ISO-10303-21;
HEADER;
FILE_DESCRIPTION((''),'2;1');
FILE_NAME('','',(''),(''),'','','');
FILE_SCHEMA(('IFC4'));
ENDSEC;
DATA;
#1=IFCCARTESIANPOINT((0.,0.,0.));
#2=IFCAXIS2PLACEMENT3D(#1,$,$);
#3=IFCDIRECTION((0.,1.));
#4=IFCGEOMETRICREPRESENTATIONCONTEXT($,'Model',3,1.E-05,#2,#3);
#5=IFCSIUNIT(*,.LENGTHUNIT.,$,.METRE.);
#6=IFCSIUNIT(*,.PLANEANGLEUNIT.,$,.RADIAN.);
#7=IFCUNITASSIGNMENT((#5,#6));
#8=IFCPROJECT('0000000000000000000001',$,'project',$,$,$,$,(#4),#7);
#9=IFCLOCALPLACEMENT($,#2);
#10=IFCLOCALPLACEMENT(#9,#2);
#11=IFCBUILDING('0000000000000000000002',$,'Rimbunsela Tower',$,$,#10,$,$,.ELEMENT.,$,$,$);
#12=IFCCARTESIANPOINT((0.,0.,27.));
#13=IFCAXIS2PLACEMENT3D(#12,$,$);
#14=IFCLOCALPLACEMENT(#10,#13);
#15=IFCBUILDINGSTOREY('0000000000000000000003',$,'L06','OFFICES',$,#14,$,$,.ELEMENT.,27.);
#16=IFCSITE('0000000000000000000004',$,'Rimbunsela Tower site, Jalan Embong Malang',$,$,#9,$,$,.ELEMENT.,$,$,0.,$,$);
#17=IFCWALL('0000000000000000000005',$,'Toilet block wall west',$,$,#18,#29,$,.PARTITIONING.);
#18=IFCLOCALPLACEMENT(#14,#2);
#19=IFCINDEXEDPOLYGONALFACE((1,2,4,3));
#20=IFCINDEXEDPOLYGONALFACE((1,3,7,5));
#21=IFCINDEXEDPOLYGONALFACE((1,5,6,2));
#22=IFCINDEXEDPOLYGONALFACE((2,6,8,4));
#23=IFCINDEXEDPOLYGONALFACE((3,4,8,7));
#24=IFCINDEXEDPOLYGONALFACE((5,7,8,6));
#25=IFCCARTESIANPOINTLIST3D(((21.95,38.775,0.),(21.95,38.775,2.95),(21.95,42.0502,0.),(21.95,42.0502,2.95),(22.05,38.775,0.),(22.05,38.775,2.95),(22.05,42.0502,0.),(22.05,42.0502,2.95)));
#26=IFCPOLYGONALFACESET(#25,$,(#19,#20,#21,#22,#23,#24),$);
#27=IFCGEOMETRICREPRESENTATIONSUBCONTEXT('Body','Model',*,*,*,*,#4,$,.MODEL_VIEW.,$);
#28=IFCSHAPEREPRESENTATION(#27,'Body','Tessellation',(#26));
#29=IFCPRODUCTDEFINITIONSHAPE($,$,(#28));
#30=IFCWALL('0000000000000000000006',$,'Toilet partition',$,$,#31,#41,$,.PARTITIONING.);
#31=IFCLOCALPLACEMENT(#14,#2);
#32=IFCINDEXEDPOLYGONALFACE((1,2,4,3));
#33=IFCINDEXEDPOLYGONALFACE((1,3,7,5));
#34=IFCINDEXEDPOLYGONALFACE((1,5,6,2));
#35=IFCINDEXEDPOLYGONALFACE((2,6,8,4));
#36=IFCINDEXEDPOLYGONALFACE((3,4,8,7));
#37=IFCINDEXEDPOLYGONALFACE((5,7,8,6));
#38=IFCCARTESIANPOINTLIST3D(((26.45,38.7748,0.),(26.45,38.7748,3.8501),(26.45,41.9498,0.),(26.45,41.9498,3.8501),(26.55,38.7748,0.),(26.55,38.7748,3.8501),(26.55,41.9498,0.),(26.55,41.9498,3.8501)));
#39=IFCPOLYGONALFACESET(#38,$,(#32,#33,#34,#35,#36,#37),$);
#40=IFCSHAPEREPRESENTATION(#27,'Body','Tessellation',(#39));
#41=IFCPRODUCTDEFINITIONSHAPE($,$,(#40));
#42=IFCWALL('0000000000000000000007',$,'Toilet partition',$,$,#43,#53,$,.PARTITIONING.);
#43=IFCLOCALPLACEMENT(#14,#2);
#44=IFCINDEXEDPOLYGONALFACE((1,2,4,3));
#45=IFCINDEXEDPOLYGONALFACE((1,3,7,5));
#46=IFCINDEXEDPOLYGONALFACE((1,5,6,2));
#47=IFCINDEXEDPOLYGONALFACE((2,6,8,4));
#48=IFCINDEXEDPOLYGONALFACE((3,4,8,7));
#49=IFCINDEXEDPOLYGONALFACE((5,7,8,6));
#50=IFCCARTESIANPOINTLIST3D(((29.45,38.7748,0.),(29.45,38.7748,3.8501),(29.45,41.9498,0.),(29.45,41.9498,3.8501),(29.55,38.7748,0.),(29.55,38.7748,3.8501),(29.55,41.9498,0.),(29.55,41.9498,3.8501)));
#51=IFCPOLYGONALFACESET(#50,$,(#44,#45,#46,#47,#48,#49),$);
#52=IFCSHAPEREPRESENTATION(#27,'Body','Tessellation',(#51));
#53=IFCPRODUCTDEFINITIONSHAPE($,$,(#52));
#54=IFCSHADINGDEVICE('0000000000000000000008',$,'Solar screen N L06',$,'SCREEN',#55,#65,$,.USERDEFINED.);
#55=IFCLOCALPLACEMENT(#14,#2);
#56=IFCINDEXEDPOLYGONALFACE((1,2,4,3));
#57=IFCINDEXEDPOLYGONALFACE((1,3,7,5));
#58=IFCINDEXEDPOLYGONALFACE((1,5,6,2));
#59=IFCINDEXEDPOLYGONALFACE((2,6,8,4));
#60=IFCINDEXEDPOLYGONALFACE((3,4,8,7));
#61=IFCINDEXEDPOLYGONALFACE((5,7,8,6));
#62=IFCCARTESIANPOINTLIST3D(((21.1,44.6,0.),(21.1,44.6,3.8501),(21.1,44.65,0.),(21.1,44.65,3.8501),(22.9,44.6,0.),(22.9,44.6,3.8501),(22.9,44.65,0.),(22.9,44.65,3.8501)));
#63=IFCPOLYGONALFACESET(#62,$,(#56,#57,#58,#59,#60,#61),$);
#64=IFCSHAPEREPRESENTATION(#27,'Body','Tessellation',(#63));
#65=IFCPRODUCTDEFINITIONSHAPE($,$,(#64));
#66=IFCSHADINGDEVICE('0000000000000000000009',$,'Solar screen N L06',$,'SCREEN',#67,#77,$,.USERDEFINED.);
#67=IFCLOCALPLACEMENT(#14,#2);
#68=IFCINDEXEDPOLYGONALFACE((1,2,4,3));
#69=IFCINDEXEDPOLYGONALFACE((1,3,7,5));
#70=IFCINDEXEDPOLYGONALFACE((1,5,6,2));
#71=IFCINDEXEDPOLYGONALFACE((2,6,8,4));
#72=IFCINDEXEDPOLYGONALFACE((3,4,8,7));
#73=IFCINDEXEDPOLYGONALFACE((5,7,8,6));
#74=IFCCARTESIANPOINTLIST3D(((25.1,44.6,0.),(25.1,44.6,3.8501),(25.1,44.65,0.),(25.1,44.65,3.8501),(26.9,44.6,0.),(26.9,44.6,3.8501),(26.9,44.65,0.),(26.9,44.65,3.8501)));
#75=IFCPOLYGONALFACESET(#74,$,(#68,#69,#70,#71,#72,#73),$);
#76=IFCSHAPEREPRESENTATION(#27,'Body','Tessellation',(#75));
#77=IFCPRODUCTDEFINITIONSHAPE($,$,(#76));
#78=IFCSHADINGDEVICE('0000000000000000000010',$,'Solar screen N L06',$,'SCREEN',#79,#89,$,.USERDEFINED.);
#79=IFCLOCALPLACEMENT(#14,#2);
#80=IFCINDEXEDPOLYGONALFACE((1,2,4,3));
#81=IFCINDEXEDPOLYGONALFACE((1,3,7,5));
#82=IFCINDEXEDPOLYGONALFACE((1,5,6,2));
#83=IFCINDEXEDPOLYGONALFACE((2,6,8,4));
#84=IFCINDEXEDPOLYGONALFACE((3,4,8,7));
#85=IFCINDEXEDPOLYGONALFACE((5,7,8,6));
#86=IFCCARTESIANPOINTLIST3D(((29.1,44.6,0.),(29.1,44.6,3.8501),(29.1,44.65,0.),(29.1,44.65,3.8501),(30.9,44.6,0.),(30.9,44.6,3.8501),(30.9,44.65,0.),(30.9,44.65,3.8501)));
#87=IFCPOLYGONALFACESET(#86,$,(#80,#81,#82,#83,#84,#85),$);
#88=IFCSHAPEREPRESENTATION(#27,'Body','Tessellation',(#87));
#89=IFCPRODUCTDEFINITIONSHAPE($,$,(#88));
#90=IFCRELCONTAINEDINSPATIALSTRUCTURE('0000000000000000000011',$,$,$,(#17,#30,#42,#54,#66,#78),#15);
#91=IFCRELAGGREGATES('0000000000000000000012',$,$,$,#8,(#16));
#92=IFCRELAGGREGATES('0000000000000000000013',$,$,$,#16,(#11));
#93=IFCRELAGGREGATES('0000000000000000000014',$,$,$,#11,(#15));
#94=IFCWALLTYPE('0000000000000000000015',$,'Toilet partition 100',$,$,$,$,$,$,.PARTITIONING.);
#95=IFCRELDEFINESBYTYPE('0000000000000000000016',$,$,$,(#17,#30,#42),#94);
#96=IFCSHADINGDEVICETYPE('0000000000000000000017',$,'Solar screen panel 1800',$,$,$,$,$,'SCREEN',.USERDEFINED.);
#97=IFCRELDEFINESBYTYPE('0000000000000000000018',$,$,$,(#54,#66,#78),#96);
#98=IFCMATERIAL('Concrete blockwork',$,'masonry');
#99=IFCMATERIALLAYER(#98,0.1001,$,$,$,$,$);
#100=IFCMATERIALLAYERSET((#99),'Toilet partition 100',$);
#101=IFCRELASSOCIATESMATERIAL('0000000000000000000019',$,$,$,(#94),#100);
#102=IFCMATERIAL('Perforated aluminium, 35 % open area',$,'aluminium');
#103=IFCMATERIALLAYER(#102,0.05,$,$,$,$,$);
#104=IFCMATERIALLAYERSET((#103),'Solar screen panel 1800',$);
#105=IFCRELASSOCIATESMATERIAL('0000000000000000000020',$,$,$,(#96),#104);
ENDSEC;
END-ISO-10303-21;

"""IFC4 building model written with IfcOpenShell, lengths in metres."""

from ifc_helpers import new_model, si_unit, direction, frame, frame_2d, origin, origin_2d, place, context, subcontext, project, spatial, rectangle, extrude, material, layer, layer_set, type_object, element, save


model = new_model("IFC4")

# Units and contexts
model_context = context("Model", 3, precision=1e-05, world=origin(), true_north=direction((0.0, 1.0)))
body_context = subcontext(model_context, "Body", "Model", "MODEL_VIEW")
ifc_project = project(units=[si_unit("LENGTHUNIT", "METRE"), si_unit("PLANEANGLEUNIT", "RADIAN")], contexts=[model_context])

# Site, building, storey
site_placement = place(None, origin())
site = spatial("IfcSite", under=ifc_project, at=site_placement, Name="Rimbunsela Tower site, Jalan Embong Malang", CompositionType="ELEMENT", RefElevation=0.0)
building_placement = place(site_placement, origin())
building = spatial("IfcBuilding", under=site, at=building_placement, Name="Rimbunsela Tower", CompositionType="ELEMENT")
storey_placement = place(building_placement, frame((0.0, 0.0, 27.0)))
storey = spatial("IfcBuildingStorey", under=building, at=storey_placement, Name="L06", Description="OFFICES", CompositionType="ELEMENT", Elevation=27.0)

# Walls
ifc_material_1 = material(Name="Concrete blockwork", Category="masonry")
ifc_layer_1 = layer(ifc_material_1, 0.1001)
ifc_layer_set_1 = layer_set([ifc_layer_1], Name="Toilet partition 100")
wall_type_1 = type_object("IfcWallType", Name="Toilet partition 100", PredefinedType="PARTITIONING", material=ifc_layer_set_1)
wall_1_placement = place(storey_placement, frame((22.0, 38.7749, 0.0), z_axis=(0.0, 0.0, 1.0), x_axis=(0.0, 1.0, 0.0)))
element("IfcWall", 1, at=wall_1_placement, inside=storey, type_object=wall_type_1, Name="Toilet block wall west", PredefinedType="PARTITIONING", context=body_context, shape_type="SweptSolid", body=[
    extrude(rectangle(XDim=3.2751, YDim=0.1001, at=frame_2d((1.6377, 0.0))), origin(), (0.0, 0.0, 1.0), 2.95),
])
for number, where, z_axis, x_axis, name in (
    (2, (26.5, 38.7749, 0.0), (0.0, 0.0, 1.0), (0.0, 1.0, 0.0), "Toilet partition"),
    (3, (29.5, 38.7749, 0.0), (0.0, 0.0, 1.0), (0.0, 1.0, 0.0), "Toilet partition"),
):
    element("IfcWall", number, at=place(storey_placement, frame(where, z_axis=z_axis, x_axis=x_axis)), inside=storey, type_object=wall_type_1, Name=name, PredefinedType="PARTITIONING", context=body_context, shape_type="SweptSolid", body=[
        extrude(rectangle(XDim=3.175, YDim=0.1001, at=frame_2d((1.5874, 0.0))), origin(), (0.0, 0.0, 1.0), 3.8501),
    ])

# Shading devices
ifc_material_2 = material(Name="Perforated aluminium, 35 % open area", Category="aluminium")
ifc_layer_2 = layer(ifc_material_2, 0.05)
ifc_layer_set_2 = layer_set([ifc_layer_2], Name="Solar screen panel 1800")
shading_device_type = type_object("IfcShadingDeviceType", Name="Solar screen panel 1800", ElementType="SCREEN", PredefinedType="USERDEFINED", material=ifc_layer_set_2)
for number, where, z_axis, x_axis, name in (
    (4, (22.0, 44.625, 0.0), (0.0, 0.0, 1.0), (1.0, 0.0, 0.0), "Solar screen N L06"),
    (5, (26.0, 44.625, 0.0), (0.0, 0.0, 1.0), (1.0, 0.0, 0.0), "Solar screen N L06"),
    (6, (30.0, 44.625, 0.0), (0.0, 0.0, 1.0), (1.0, 0.0, 0.0), "Solar screen N L06"),
):
    element("IfcShadingDevice", number, at=place(storey_placement, frame(where, z_axis=z_axis, x_axis=x_axis)), inside=storey, type_object=shading_device_type, Name=name, ObjectType="SCREEN", PredefinedType="USERDEFINED", context=body_context, shape_type="SweptSolid", body=[
        extrude(rectangle(XDim=1.8, YDim=0.05, at=origin_2d()), origin(), (0.0, 0.0, 1.0), 3.8501),
    ])

save(model, "model.ifc")
